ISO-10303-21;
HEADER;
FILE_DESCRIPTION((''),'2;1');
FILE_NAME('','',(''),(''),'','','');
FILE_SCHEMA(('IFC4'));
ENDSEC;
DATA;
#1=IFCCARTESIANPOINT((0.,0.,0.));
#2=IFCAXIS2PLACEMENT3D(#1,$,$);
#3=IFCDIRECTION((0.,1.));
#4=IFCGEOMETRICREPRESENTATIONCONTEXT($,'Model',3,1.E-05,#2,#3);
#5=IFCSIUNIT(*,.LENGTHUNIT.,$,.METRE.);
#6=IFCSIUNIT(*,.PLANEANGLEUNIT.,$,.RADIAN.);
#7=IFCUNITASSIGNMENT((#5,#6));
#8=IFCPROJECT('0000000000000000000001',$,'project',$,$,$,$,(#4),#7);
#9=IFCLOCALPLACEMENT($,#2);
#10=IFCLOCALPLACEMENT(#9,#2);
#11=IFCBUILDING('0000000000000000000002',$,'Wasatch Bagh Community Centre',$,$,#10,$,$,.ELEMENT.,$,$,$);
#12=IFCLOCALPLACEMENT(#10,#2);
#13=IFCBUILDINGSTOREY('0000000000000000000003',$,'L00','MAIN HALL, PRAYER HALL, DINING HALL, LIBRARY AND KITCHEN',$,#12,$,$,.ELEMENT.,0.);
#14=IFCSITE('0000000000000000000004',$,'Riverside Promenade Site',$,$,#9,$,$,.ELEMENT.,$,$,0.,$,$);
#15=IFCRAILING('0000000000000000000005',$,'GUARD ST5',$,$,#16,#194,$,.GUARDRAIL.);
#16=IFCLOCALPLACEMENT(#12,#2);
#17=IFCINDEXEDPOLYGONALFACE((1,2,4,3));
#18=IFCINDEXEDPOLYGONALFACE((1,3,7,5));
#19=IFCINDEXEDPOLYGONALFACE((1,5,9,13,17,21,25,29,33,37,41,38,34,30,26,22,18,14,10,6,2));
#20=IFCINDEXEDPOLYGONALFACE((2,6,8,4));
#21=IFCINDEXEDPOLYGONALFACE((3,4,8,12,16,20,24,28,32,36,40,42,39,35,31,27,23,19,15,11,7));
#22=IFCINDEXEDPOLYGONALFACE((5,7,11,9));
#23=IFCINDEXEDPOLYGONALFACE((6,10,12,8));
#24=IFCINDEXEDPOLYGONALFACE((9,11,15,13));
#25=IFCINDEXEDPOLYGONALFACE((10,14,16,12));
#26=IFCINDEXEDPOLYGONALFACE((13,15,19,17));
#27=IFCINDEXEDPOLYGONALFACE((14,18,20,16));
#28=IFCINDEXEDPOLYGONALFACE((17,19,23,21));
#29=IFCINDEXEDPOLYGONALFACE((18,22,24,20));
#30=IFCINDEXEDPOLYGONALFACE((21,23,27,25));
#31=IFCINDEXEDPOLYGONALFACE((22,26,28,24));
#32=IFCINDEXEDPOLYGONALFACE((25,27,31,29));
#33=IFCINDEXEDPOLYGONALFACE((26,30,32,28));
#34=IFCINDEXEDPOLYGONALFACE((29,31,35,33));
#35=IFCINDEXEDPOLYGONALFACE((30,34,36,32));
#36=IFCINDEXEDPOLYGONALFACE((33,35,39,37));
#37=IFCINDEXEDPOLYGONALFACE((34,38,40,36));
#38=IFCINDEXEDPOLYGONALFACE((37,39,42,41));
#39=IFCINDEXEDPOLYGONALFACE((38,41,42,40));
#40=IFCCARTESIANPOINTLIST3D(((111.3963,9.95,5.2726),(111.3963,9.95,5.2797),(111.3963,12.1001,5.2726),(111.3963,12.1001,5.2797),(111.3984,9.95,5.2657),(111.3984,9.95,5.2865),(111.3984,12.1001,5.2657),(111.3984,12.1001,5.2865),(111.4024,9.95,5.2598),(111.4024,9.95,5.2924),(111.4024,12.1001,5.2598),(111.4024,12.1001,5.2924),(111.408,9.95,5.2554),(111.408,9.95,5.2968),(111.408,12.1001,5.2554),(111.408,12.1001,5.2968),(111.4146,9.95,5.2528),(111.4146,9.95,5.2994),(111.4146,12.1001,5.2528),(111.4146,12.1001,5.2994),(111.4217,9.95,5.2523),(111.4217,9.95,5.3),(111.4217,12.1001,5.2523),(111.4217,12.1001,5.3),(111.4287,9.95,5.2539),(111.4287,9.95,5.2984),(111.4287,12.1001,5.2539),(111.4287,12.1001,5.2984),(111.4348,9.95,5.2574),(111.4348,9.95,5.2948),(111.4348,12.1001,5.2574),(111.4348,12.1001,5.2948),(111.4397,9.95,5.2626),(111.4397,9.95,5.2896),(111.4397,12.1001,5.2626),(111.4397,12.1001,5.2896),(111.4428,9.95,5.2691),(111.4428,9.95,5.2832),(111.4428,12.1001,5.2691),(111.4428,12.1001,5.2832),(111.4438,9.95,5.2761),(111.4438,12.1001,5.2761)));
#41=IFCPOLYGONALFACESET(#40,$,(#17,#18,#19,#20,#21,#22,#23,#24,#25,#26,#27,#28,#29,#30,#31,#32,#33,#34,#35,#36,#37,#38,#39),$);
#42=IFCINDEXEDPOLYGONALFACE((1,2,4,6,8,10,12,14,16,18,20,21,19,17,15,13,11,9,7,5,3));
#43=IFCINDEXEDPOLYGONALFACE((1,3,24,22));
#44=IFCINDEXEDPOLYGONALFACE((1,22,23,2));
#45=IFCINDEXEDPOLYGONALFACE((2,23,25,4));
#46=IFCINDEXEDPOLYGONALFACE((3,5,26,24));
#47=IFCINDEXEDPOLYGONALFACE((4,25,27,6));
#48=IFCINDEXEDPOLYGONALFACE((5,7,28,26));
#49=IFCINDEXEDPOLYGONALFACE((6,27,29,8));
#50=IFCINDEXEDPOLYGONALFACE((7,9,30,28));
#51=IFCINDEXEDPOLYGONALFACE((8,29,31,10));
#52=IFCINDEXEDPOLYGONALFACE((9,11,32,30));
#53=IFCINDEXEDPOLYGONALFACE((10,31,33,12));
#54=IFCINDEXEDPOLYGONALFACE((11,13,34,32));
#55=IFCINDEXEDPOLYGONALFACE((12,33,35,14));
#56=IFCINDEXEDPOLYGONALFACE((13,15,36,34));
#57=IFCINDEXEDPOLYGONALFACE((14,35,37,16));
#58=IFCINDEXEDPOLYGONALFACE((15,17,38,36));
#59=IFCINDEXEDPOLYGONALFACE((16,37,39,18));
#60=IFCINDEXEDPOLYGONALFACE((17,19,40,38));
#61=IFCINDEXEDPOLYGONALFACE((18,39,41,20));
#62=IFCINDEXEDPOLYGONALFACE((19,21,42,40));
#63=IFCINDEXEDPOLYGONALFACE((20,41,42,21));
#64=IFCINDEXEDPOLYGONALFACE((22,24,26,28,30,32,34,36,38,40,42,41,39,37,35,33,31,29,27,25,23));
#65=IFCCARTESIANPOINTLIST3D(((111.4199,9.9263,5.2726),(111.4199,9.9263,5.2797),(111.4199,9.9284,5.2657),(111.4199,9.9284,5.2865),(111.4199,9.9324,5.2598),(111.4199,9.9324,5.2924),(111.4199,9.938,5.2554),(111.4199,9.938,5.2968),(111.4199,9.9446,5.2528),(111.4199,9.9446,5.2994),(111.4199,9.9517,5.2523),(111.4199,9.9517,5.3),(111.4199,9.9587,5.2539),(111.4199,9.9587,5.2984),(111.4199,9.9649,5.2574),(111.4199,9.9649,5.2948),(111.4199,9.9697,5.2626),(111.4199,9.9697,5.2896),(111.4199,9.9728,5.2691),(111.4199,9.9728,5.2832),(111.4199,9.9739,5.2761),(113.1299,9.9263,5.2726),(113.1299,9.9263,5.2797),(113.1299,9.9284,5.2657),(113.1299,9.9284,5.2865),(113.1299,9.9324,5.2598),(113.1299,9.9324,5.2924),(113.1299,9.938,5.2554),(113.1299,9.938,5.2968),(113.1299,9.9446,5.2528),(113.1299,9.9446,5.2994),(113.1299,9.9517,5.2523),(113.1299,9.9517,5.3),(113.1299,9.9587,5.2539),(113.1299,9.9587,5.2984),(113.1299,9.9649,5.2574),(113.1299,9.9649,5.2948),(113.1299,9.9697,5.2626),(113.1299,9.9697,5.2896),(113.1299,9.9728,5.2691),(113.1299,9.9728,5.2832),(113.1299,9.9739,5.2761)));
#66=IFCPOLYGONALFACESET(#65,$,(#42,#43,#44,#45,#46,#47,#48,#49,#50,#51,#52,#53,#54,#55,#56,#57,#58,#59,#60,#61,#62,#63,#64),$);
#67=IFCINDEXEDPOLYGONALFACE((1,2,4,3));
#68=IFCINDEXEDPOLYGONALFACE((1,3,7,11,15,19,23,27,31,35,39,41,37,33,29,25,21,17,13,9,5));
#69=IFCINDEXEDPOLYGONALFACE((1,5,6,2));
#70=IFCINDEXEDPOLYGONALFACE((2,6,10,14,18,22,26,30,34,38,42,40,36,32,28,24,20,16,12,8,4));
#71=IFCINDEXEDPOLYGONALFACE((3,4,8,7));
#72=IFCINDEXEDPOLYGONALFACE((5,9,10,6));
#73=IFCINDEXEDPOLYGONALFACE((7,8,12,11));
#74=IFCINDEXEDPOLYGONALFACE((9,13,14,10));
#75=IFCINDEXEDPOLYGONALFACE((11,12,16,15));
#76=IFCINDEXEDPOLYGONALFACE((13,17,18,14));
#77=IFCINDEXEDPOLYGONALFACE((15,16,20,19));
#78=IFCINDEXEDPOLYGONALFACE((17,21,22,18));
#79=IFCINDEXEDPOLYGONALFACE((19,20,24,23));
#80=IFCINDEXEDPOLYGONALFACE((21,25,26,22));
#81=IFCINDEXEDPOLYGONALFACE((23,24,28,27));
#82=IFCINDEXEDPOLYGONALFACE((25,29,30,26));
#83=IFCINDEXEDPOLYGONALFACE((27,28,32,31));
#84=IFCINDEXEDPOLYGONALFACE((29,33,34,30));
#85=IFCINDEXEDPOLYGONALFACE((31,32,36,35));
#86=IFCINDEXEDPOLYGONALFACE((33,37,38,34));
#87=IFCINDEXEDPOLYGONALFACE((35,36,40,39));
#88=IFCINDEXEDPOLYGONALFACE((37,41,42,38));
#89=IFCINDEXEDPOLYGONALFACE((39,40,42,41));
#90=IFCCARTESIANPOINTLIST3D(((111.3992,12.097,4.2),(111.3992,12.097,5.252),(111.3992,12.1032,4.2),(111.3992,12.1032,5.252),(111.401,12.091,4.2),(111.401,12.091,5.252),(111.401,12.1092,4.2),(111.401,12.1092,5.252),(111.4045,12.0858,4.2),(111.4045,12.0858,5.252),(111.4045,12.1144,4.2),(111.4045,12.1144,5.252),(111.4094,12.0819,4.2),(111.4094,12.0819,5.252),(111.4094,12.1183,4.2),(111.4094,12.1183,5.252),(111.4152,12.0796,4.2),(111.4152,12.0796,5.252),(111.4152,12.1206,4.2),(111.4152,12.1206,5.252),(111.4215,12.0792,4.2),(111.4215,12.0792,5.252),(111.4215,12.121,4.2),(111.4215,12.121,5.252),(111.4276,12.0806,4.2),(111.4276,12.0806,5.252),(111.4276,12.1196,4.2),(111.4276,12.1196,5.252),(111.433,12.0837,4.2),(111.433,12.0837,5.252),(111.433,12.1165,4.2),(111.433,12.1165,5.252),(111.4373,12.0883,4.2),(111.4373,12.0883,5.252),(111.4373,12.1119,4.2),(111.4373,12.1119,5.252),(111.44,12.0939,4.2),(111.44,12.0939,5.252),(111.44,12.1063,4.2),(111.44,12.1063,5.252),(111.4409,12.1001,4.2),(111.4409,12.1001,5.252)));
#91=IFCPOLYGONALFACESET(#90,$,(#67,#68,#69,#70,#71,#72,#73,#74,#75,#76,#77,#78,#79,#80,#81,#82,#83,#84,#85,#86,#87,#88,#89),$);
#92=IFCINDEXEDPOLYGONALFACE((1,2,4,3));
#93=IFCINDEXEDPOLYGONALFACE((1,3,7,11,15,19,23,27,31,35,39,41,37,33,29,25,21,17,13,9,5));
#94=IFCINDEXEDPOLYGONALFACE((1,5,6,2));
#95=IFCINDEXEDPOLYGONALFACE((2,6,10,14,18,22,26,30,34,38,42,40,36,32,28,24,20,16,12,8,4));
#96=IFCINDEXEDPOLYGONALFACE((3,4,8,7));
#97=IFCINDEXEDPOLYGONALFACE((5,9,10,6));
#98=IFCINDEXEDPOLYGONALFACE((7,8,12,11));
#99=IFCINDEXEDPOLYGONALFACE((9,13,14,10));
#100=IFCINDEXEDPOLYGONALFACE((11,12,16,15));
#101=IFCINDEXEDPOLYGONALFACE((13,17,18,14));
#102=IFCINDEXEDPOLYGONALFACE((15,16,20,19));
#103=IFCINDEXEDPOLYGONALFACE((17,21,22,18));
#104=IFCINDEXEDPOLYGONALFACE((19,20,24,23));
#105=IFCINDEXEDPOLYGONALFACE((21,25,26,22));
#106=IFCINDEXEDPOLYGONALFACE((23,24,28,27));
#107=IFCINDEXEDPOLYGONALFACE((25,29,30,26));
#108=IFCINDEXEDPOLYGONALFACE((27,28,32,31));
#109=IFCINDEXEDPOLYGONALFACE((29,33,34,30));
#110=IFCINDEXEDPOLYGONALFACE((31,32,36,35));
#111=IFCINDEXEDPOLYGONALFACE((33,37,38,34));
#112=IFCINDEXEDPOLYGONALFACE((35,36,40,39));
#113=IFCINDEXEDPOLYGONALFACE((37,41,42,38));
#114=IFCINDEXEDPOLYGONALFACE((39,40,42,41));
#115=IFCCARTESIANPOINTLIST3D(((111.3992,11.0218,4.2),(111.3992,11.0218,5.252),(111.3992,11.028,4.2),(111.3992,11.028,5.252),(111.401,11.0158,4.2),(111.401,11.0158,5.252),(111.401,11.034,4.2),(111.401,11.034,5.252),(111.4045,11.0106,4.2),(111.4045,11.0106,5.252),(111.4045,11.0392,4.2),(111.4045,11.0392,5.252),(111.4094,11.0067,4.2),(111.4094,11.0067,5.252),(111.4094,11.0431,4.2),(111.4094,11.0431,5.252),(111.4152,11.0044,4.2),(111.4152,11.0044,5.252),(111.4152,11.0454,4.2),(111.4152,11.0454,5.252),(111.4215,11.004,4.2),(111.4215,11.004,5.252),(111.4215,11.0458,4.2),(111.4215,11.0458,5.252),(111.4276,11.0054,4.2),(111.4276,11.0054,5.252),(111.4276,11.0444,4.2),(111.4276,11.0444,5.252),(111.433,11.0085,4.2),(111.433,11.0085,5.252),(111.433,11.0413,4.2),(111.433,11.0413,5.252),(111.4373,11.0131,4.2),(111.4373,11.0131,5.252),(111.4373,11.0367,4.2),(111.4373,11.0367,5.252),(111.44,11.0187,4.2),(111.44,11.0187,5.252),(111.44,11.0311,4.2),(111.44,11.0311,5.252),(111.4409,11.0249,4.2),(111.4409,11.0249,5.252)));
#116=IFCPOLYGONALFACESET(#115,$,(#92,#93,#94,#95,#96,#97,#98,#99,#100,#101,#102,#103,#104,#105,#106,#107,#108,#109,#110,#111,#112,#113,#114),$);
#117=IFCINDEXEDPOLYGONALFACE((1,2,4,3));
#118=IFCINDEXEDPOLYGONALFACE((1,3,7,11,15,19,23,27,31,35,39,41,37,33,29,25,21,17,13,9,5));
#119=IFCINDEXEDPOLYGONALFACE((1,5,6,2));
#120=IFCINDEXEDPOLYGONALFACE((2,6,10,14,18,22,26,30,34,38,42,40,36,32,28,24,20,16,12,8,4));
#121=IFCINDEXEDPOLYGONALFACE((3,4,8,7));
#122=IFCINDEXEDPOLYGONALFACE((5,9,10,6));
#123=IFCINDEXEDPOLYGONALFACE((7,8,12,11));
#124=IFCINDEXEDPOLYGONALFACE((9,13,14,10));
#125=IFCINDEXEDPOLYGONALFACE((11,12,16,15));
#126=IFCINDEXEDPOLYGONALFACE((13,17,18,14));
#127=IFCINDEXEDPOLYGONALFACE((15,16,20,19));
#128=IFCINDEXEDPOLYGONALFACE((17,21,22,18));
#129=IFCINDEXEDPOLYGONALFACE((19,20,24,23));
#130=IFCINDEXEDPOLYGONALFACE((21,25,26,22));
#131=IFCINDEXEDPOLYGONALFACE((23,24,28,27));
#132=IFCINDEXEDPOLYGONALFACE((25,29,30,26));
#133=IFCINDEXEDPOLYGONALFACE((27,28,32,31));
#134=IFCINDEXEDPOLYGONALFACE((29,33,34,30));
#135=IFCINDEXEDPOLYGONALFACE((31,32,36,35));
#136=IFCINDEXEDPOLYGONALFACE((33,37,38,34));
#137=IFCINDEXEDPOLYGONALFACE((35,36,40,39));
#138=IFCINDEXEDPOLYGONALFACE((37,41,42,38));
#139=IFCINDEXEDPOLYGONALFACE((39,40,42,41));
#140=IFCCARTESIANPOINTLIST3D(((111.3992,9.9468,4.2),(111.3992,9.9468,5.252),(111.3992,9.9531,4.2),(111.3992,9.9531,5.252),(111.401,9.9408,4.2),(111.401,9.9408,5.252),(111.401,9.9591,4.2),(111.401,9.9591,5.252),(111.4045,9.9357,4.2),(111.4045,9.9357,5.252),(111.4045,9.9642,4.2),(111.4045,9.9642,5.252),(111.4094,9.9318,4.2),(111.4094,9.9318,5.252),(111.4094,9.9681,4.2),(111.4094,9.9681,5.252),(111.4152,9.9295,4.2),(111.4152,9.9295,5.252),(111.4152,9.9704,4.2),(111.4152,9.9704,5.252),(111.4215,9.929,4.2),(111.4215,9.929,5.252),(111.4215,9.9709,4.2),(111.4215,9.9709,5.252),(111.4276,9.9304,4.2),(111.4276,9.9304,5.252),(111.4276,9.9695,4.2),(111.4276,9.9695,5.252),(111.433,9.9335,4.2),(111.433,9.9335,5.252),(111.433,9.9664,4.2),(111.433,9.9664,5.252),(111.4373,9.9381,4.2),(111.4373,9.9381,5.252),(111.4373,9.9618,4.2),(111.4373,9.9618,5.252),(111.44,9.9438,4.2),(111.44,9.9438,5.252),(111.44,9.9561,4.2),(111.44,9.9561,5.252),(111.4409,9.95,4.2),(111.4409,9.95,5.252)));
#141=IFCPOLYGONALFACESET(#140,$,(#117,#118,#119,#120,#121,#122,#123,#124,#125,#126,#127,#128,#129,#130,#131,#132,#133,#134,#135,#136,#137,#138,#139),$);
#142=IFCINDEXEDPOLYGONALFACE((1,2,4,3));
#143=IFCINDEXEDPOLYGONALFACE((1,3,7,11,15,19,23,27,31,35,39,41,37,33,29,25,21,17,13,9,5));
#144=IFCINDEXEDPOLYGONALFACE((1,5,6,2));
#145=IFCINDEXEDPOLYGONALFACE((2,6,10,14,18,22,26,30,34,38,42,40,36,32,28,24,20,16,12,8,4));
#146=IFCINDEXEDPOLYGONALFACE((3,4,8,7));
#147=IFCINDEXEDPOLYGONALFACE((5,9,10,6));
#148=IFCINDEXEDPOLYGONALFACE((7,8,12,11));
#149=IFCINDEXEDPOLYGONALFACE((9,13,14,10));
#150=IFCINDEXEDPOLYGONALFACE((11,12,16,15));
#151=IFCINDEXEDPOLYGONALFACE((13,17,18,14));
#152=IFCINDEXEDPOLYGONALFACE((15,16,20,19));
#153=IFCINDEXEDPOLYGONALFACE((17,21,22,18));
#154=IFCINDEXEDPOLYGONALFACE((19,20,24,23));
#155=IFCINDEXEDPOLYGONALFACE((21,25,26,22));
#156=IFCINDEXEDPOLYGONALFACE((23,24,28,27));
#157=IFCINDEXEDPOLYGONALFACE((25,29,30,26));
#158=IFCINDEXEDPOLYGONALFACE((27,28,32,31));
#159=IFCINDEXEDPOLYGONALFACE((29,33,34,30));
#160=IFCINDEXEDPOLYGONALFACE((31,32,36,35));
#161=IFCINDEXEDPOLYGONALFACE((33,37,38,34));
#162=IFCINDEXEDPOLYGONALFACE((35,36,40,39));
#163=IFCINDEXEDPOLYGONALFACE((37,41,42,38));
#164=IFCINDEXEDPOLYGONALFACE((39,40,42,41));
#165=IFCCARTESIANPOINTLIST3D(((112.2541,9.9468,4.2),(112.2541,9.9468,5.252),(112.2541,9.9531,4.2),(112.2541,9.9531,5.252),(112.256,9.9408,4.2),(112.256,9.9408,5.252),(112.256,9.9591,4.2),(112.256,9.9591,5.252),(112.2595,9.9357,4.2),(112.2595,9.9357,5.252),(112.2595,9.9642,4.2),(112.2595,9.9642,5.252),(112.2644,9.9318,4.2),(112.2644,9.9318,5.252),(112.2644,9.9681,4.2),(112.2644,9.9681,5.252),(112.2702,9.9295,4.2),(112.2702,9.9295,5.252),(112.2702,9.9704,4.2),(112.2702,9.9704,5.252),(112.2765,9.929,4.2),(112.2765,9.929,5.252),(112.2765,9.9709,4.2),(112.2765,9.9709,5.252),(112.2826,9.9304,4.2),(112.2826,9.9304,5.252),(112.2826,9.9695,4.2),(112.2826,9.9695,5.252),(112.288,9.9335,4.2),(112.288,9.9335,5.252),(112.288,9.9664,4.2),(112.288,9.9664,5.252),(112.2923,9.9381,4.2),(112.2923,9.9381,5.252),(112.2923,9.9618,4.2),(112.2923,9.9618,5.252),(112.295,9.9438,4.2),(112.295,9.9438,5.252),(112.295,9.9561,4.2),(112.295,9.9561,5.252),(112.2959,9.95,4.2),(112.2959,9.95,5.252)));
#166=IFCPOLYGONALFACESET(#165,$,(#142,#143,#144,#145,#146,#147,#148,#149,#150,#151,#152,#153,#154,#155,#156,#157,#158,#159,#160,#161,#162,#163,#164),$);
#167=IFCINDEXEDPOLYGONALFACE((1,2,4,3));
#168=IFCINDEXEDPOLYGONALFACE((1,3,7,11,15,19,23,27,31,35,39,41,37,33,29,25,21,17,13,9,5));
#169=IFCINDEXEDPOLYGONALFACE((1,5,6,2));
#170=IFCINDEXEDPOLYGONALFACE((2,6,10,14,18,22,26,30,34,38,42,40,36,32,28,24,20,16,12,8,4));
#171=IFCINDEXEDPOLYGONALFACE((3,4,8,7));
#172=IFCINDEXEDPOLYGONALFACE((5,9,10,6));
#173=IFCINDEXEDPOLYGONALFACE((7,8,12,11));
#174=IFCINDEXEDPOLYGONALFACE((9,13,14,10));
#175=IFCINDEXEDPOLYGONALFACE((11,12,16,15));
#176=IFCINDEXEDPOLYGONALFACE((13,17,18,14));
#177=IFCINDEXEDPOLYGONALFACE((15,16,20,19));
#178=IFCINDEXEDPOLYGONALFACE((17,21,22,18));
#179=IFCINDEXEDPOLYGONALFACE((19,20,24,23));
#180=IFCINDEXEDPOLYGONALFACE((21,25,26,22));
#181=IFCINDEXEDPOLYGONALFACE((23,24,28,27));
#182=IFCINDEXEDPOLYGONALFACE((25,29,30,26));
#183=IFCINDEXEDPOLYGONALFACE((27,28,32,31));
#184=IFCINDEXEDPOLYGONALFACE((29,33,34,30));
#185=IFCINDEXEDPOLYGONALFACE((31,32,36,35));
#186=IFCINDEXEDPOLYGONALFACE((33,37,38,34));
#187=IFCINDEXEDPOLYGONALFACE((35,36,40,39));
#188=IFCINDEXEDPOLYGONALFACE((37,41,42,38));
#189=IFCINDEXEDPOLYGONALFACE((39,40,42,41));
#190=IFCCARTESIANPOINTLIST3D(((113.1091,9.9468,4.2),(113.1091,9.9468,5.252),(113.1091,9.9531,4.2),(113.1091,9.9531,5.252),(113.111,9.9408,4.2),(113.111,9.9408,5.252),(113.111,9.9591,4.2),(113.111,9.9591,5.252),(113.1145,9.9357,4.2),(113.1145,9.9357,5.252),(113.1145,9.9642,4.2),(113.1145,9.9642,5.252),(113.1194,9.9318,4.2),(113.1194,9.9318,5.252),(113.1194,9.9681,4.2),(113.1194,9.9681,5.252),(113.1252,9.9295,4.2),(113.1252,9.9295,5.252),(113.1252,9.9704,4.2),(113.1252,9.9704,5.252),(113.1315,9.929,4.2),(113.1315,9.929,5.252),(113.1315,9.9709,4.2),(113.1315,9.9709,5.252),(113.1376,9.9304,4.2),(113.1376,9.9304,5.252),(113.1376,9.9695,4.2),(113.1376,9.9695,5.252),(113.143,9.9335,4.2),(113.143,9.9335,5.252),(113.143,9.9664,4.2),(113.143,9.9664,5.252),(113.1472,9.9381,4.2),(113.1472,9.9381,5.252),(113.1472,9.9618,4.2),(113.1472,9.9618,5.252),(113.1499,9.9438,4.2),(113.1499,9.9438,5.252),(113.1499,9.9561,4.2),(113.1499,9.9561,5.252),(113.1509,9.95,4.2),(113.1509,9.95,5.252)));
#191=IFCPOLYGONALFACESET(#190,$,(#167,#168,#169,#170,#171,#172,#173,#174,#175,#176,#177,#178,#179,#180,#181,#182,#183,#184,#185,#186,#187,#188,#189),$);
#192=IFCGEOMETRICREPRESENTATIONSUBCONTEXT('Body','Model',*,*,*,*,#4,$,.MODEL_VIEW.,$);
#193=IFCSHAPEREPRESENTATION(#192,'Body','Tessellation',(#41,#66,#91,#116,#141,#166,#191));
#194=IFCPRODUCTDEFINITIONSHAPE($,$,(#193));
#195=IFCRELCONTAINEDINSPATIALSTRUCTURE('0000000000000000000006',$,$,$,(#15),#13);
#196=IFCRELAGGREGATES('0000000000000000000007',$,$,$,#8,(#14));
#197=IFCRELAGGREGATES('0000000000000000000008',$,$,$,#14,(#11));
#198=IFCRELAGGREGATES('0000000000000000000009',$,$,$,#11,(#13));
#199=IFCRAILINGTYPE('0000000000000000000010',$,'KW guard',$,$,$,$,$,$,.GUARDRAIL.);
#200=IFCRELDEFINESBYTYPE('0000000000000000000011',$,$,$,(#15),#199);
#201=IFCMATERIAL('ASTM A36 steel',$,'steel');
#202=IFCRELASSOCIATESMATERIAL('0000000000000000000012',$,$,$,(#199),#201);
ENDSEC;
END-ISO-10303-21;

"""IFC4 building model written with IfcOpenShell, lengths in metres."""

from ifc_helpers import new_model, si_unit, direction, frame, origin, origin_2d, place, context, subcontext, project, spatial, circle, extrude, material, type_object, element, save


model = new_model("IFC4")

# Units and contexts
model_context = context("Model", 3, precision=1e-05, world=origin(), true_north=direction((0.0, 1.0)))
body_context = subcontext(model_context, "Body", "Model", "MODEL_VIEW")
ifc_project = project(units=[si_unit("LENGTHUNIT", "METRE"), si_unit("PLANEANGLEUNIT", "RADIAN")], contexts=[model_context])

# Site, building, storey
site_placement = place(None, origin())
site = spatial("IfcSite", under=ifc_project, at=site_placement, Name="Riverside Promenade Site", CompositionType="ELEMENT", RefElevation=0.0)
building_placement = place(site_placement, origin())
building = spatial("IfcBuilding", under=site, at=building_placement, Name="Wasatch Bagh Community Centre", CompositionType="ELEMENT")
storey_placement = place(building_placement, origin())
storey = spatial("IfcBuildingStorey", under=building, at=storey_placement, Name="L00", Description="MAIN HALL, PRAYER HALL, DINING HALL, LIBRARY AND KITCHEN", CompositionType="ELEMENT", Elevation=0.0)

# Railing
ifc_material_1 = material(Name="ASTM A36 steel", Category="steel")
railing_type = type_object("IfcRailingType", Name="KW guard", PredefinedType="GUARDRAIL", material=ifc_material_1)
railing_placement = place(storey_placement, frame((111.4199, 12.1001, 4.2)))
element("IfcRailing", 1, at=railing_placement, inside=storey, type_object=railing_type, Name="GUARD ST5", PredefinedType="GUARDRAIL", context=body_context, shape_type="SweptSolid", body=[
    extrude(circle(Radius=0.0239, at=origin_2d()), frame((0.0, 0.0, 1.0762), z_axis=(0.0, -1.0, 0.0), x_axis=(1.0, 0.0, 0.0)), (0.0, 0.0, 1.0), 2.1501),
    extrude(circle(Radius=0.0239, at=origin_2d()), frame((0.0, -2.1501, 1.0762), z_axis=(1.0, 0.0, 0.0), x_axis=(0.0, 1.0, 0.0)), (0.0, 0.0, 1.0), 1.71),
    extrude(circle(Radius=0.021, at=origin_2d()), origin(), (0.0, 0.0, 1.0), 1.052),
    extrude(circle(Radius=0.021, at=origin_2d()), frame((0.0, -1.0752, 0.0)), (0.0, 0.0, 1.0), 1.052),
    extrude(circle(Radius=0.021, at=origin_2d()), frame((0.0, -2.1501, 0.0)), (0.0, 0.0, 1.0), 1.052),
    extrude(circle(Radius=0.021, at=origin_2d()), frame((0.855, -2.1501, 0.0)), (0.0, 0.0, 1.0), 1.052),
    extrude(circle(Radius=0.021, at=origin_2d()), frame((1.71, -2.1501, 0.0)), (0.0, 0.0, 1.0), 1.052),
])

save(model, "model.ifc")
